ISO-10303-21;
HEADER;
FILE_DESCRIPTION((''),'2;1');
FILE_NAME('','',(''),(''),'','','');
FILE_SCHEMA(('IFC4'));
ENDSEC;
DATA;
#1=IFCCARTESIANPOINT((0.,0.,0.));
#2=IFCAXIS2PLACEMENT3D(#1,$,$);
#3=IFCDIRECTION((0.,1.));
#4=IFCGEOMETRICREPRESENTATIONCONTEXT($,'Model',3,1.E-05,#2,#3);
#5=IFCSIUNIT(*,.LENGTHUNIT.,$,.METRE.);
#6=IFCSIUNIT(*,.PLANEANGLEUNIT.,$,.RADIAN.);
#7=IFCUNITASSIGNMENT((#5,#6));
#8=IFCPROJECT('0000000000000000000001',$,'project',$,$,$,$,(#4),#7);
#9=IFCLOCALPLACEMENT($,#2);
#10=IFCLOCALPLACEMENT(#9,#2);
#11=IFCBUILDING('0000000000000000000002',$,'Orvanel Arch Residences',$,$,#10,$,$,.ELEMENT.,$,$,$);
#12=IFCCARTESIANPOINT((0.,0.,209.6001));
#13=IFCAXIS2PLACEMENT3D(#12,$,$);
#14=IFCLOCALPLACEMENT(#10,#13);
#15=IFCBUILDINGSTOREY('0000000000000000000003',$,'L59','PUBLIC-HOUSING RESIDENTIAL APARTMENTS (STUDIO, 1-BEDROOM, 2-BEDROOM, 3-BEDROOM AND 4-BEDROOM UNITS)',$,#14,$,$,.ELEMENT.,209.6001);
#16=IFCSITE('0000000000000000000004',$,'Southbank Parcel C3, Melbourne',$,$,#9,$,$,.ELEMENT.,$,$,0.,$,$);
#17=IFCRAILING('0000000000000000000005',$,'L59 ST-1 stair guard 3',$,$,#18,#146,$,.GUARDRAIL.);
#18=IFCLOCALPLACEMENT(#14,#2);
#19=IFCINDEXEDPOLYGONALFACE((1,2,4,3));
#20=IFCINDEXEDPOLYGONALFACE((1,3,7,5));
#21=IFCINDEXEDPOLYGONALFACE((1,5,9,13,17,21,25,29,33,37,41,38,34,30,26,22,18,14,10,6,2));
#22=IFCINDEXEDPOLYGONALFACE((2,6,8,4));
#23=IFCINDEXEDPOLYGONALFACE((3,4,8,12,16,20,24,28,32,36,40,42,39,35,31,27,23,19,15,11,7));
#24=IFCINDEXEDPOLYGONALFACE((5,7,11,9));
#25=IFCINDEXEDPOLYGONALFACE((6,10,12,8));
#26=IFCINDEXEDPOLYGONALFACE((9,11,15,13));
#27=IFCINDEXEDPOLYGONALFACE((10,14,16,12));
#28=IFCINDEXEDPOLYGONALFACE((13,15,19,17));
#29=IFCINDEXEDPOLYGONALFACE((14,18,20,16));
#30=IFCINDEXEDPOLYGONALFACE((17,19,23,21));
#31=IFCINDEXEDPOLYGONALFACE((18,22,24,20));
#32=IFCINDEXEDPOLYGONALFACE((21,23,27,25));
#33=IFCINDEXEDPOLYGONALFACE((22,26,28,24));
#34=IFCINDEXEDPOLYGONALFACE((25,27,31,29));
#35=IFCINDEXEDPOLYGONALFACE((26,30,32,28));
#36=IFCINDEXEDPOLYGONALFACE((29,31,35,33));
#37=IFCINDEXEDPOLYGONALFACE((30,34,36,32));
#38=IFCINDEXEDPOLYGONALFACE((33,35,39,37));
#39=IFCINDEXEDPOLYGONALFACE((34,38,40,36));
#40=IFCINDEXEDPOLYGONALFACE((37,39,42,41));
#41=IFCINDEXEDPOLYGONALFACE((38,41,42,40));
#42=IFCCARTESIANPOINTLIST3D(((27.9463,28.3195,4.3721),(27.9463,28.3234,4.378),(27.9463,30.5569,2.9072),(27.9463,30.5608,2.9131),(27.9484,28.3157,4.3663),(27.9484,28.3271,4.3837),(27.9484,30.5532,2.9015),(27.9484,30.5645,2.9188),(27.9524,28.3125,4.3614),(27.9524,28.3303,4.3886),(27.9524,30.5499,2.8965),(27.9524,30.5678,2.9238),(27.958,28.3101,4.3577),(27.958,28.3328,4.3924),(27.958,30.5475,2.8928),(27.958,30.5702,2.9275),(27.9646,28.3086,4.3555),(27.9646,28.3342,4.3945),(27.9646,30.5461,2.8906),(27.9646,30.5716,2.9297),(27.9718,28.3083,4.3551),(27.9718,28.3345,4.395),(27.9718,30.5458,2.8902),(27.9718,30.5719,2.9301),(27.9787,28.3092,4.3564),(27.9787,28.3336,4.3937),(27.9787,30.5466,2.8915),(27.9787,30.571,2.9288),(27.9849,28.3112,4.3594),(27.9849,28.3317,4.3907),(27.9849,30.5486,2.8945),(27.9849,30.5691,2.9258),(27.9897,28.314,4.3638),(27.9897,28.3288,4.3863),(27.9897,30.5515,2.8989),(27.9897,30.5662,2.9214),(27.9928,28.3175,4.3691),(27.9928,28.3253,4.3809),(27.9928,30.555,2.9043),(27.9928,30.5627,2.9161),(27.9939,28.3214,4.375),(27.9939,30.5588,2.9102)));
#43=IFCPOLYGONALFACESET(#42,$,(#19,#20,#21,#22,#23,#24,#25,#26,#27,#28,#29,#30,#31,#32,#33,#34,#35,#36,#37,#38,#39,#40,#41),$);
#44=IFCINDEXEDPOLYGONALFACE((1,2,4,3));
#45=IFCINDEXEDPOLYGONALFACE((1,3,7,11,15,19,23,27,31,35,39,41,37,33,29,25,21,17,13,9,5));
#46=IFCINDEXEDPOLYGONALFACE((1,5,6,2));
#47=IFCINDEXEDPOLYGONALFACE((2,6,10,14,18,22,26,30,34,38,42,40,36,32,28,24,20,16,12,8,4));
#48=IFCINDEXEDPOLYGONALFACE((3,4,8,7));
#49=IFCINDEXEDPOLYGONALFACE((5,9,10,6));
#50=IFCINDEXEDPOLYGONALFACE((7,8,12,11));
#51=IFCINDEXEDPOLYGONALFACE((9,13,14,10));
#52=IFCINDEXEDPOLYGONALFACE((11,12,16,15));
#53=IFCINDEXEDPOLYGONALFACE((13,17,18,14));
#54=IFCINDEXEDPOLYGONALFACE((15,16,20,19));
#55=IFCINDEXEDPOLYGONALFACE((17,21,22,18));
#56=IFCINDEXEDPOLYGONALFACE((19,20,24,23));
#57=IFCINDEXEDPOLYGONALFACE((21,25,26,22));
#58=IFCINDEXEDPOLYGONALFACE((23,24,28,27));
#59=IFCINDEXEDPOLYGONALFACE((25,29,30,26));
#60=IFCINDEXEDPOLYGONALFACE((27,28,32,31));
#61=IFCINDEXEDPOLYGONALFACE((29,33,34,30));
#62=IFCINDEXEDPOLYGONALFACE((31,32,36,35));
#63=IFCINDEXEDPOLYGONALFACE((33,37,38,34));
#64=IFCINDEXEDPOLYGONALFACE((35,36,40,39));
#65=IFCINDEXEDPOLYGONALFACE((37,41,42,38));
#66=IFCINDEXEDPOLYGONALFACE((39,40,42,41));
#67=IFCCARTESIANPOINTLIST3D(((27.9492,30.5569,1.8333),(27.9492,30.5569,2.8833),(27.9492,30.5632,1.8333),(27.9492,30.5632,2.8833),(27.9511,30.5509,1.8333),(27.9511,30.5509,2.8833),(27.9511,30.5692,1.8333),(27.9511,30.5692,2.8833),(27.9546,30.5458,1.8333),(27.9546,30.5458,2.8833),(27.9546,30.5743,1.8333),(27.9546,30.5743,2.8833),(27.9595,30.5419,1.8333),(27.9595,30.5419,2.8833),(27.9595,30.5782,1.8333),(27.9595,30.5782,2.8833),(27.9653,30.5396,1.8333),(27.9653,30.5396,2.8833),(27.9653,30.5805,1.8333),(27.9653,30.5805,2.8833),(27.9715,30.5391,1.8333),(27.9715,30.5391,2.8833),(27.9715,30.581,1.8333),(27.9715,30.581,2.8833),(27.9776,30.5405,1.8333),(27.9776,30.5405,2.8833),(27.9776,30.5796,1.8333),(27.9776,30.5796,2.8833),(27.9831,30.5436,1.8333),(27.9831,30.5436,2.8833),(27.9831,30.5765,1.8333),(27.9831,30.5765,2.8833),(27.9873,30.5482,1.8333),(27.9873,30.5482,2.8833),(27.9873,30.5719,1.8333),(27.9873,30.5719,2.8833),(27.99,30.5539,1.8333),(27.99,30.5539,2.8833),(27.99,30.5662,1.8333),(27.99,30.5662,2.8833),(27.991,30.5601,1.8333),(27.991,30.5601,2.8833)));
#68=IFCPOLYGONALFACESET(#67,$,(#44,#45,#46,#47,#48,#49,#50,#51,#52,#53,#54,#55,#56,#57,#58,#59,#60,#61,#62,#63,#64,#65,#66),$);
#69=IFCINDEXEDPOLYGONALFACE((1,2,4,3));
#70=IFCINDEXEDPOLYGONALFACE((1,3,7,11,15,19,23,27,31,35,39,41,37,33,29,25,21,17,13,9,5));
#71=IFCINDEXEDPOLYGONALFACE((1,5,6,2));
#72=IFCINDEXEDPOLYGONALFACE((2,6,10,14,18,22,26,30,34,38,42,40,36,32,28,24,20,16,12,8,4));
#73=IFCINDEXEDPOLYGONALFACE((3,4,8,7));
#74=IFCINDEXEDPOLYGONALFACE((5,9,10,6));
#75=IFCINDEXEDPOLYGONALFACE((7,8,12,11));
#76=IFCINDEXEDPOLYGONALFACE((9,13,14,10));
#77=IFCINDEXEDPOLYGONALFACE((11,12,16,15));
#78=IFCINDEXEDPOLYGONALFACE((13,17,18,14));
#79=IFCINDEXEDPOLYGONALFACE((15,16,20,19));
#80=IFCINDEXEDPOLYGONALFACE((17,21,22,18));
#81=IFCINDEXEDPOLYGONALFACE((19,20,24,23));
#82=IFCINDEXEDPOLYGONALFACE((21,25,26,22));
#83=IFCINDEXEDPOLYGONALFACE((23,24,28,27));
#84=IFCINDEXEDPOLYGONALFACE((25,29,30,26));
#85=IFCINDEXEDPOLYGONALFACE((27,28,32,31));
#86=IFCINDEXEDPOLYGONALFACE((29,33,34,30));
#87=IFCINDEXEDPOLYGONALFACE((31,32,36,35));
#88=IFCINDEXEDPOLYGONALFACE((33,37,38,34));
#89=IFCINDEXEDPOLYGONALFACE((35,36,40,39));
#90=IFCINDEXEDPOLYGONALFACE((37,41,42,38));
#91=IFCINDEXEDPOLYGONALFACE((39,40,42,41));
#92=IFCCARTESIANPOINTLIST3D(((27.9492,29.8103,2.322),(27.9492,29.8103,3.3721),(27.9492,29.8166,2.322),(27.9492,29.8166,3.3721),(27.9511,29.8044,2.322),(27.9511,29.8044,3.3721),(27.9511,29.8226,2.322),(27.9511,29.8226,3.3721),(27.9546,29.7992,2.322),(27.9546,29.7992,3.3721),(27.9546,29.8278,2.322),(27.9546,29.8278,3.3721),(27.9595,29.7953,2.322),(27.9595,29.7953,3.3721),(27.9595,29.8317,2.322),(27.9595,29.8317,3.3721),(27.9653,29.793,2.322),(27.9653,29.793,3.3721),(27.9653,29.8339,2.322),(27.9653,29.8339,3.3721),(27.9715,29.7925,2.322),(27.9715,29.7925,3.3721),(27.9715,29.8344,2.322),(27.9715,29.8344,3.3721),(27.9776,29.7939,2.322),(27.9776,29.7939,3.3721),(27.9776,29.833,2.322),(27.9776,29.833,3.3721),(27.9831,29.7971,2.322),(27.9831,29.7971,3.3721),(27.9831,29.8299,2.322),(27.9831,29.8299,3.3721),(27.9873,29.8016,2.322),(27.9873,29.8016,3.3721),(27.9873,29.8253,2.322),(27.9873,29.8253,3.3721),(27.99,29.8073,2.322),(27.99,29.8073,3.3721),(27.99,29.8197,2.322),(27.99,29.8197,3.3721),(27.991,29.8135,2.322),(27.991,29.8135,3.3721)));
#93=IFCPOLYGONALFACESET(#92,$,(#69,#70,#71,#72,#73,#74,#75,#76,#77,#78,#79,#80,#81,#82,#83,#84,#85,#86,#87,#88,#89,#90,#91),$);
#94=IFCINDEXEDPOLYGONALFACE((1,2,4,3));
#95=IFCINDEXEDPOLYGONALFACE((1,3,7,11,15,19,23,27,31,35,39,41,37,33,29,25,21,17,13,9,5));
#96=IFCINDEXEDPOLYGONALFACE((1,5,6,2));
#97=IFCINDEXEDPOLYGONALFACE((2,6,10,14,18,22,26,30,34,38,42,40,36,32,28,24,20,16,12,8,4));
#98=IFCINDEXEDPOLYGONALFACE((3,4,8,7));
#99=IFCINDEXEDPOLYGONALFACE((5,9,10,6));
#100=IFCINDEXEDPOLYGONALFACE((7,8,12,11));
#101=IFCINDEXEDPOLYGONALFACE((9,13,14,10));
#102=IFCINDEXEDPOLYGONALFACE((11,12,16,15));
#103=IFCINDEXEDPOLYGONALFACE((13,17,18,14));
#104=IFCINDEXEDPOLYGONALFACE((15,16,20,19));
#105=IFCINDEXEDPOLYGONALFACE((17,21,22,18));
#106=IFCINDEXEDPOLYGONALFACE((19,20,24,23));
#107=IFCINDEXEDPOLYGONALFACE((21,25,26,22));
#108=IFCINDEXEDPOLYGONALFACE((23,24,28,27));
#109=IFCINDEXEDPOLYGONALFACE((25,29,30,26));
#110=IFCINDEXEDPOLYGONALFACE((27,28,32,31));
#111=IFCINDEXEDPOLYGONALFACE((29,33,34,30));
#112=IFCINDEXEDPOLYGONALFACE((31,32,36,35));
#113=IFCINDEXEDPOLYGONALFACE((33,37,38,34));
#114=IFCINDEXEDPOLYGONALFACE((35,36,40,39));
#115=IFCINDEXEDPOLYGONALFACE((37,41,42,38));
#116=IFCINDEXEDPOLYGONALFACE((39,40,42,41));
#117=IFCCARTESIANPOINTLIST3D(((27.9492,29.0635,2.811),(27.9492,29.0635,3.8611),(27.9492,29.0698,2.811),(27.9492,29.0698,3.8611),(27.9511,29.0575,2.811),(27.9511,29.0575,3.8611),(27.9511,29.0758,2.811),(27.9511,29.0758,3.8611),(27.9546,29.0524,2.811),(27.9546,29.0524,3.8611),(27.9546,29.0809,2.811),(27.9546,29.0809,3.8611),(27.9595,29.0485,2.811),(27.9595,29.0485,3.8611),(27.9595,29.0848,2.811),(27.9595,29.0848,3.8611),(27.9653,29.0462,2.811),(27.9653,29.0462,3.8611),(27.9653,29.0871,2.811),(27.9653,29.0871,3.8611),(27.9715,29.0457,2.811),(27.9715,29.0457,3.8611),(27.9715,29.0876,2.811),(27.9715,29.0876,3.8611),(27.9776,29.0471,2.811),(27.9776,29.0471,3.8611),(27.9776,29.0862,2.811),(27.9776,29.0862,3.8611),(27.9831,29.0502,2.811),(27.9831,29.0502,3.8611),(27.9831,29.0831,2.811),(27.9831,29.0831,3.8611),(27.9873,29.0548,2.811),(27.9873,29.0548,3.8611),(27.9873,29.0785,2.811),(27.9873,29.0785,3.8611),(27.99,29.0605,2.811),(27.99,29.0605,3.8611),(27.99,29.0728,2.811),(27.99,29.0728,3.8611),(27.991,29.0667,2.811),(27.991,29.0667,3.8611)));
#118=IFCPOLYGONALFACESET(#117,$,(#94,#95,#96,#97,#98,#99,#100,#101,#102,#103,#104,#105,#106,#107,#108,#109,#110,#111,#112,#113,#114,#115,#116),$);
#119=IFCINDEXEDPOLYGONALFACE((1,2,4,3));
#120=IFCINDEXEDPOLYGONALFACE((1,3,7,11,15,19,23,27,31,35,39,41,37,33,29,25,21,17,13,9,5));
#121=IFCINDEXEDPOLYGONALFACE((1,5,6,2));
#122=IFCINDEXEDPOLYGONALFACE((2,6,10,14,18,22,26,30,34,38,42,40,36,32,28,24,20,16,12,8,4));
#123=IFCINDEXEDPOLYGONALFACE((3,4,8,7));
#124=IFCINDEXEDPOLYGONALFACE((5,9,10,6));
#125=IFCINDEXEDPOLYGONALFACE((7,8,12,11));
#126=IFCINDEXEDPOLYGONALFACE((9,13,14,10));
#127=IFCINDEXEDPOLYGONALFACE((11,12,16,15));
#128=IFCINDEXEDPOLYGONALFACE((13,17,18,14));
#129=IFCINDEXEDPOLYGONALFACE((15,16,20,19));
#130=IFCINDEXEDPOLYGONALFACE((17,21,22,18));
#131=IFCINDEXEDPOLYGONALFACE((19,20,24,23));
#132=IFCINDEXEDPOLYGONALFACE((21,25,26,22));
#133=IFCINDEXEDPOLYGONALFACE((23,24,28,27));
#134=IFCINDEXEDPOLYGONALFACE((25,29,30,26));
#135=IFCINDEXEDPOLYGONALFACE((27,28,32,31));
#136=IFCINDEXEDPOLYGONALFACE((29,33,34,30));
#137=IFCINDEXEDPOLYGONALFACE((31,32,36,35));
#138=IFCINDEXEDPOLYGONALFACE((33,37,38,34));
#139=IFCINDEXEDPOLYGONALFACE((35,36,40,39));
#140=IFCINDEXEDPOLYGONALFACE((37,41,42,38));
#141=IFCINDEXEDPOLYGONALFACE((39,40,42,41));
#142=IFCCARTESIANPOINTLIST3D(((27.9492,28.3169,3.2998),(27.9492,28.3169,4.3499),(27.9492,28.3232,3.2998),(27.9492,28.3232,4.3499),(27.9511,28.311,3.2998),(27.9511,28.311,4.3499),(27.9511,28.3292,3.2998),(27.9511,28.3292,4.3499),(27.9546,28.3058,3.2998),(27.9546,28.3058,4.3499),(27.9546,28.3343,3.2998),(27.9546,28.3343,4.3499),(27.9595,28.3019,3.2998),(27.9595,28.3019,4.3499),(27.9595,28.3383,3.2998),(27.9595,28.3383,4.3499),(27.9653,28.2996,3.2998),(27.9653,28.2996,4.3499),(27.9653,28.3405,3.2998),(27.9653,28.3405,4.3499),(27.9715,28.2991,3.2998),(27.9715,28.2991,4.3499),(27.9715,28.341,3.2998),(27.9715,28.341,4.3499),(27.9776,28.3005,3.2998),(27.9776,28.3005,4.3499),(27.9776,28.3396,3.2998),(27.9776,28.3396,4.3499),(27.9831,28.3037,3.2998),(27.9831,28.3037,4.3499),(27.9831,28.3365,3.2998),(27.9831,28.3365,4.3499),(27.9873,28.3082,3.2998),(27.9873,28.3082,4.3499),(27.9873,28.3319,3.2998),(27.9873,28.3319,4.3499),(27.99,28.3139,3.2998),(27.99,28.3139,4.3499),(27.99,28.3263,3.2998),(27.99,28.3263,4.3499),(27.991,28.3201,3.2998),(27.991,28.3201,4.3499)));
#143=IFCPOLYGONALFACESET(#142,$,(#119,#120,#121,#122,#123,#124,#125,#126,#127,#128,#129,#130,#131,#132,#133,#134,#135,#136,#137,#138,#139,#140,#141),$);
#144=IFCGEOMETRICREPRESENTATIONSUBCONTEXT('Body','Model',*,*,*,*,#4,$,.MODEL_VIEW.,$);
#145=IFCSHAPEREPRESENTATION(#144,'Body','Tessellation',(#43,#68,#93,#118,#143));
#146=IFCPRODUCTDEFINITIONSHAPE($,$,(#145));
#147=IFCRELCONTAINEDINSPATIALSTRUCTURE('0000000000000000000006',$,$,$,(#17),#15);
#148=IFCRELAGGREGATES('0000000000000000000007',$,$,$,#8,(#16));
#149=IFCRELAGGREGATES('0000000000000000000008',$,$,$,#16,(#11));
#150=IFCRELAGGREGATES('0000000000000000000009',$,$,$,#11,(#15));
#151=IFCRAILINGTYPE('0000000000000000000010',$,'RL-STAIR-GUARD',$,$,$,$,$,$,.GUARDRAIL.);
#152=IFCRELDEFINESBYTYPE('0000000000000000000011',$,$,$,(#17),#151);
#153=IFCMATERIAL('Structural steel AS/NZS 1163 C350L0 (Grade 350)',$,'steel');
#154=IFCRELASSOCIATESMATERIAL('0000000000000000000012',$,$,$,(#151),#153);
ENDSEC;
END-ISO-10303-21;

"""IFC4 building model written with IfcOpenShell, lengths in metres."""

from ifc_helpers import new_model, si_unit, direction, frame, origin, origin_2d, place, context, subcontext, project, spatial, circle, extrude, material, type_object, element, save


model = new_model("IFC4")

# Units and contexts
model_context = context("Model", 3, precision=1e-05, world=origin(), true_north=direction((0.0, 1.0)))
body_context = subcontext(model_context, "Body", "Model", "MODEL_VIEW")
ifc_project = project(units=[si_unit("LENGTHUNIT", "METRE"), si_unit("PLANEANGLEUNIT", "RADIAN")], contexts=[model_context])

# Site, building, storey
site_placement = place(None, origin())
site = spatial("IfcSite", under=ifc_project, at=site_placement, Name="Southbank Parcel C3, Melbourne", CompositionType="ELEMENT", RefElevation=0.0)
building_placement = place(site_placement, origin())
building = spatial("IfcBuilding", under=site, at=building_placement, Name="Orvanel Arch Residences", CompositionType="ELEMENT")
storey_placement = place(building_placement, frame((0.0, 0.0, 209.6001)))
storey = spatial("IfcBuildingStorey", under=building, at=storey_placement, Name="L59", Description="PUBLIC-HOUSING RESIDENTIAL APARTMENTS (STUDIO, 1-BEDROOM, 2-BEDROOM, 3-BEDROOM AND 4-BEDROOM UNITS)", CompositionType="ELEMENT", Elevation=209.6001)

# Railing
ifc_material_1 = material(Name="Structural steel AS/NZS 1163 C350L0 (Grade 350)", Category="steel")
railing_type_1 = type_object("IfcRailingType", Name="RL-STAIR-GUARD", PredefinedType="GUARDRAIL", material=ifc_material_1)
railing_1_placement = place(storey_placement, frame((27.97, 30.5601, 1.8333)))
element("IfcRailing", 1, at=railing_1_placement, inside=storey, type_object=railing_type_1, Name="L59 ST-1 stair guard 3", PredefinedType="GUARDRAIL", context=body_context, shape_type="SweptSolid", body=[
    extrude(circle(Radius=0.0239, at=origin_2d()), frame((0.0, -0.0012, 1.0769), z_axis=(0.0, -0.836637, 0.547758), x_axis=(1.0, 0.0, 0.0)), (0.0, 0.0, 1.0), 2.6743),
    extrude(circle(Radius=0.021, at=origin_2d()), origin(), (0.0, 0.0, 1.0), 1.05),
    extrude(circle(Radius=0.021, at=origin_2d()), frame((0.0, -0.7466, 0.4888)), (0.0, 0.0, 1.0), 1.05),
    extrude(circle(Radius=0.021, at=origin_2d()), frame((0.0, -1.4934, 0.9778)), (0.0, 0.0, 1.0), 1.05),
    extrude(circle(Radius=0.021, at=origin_2d()), frame((0.0, -2.24, 1.4666)), (0.0, 0.0, 1.0), 1.05),
])

save(model, "model.ifc")
